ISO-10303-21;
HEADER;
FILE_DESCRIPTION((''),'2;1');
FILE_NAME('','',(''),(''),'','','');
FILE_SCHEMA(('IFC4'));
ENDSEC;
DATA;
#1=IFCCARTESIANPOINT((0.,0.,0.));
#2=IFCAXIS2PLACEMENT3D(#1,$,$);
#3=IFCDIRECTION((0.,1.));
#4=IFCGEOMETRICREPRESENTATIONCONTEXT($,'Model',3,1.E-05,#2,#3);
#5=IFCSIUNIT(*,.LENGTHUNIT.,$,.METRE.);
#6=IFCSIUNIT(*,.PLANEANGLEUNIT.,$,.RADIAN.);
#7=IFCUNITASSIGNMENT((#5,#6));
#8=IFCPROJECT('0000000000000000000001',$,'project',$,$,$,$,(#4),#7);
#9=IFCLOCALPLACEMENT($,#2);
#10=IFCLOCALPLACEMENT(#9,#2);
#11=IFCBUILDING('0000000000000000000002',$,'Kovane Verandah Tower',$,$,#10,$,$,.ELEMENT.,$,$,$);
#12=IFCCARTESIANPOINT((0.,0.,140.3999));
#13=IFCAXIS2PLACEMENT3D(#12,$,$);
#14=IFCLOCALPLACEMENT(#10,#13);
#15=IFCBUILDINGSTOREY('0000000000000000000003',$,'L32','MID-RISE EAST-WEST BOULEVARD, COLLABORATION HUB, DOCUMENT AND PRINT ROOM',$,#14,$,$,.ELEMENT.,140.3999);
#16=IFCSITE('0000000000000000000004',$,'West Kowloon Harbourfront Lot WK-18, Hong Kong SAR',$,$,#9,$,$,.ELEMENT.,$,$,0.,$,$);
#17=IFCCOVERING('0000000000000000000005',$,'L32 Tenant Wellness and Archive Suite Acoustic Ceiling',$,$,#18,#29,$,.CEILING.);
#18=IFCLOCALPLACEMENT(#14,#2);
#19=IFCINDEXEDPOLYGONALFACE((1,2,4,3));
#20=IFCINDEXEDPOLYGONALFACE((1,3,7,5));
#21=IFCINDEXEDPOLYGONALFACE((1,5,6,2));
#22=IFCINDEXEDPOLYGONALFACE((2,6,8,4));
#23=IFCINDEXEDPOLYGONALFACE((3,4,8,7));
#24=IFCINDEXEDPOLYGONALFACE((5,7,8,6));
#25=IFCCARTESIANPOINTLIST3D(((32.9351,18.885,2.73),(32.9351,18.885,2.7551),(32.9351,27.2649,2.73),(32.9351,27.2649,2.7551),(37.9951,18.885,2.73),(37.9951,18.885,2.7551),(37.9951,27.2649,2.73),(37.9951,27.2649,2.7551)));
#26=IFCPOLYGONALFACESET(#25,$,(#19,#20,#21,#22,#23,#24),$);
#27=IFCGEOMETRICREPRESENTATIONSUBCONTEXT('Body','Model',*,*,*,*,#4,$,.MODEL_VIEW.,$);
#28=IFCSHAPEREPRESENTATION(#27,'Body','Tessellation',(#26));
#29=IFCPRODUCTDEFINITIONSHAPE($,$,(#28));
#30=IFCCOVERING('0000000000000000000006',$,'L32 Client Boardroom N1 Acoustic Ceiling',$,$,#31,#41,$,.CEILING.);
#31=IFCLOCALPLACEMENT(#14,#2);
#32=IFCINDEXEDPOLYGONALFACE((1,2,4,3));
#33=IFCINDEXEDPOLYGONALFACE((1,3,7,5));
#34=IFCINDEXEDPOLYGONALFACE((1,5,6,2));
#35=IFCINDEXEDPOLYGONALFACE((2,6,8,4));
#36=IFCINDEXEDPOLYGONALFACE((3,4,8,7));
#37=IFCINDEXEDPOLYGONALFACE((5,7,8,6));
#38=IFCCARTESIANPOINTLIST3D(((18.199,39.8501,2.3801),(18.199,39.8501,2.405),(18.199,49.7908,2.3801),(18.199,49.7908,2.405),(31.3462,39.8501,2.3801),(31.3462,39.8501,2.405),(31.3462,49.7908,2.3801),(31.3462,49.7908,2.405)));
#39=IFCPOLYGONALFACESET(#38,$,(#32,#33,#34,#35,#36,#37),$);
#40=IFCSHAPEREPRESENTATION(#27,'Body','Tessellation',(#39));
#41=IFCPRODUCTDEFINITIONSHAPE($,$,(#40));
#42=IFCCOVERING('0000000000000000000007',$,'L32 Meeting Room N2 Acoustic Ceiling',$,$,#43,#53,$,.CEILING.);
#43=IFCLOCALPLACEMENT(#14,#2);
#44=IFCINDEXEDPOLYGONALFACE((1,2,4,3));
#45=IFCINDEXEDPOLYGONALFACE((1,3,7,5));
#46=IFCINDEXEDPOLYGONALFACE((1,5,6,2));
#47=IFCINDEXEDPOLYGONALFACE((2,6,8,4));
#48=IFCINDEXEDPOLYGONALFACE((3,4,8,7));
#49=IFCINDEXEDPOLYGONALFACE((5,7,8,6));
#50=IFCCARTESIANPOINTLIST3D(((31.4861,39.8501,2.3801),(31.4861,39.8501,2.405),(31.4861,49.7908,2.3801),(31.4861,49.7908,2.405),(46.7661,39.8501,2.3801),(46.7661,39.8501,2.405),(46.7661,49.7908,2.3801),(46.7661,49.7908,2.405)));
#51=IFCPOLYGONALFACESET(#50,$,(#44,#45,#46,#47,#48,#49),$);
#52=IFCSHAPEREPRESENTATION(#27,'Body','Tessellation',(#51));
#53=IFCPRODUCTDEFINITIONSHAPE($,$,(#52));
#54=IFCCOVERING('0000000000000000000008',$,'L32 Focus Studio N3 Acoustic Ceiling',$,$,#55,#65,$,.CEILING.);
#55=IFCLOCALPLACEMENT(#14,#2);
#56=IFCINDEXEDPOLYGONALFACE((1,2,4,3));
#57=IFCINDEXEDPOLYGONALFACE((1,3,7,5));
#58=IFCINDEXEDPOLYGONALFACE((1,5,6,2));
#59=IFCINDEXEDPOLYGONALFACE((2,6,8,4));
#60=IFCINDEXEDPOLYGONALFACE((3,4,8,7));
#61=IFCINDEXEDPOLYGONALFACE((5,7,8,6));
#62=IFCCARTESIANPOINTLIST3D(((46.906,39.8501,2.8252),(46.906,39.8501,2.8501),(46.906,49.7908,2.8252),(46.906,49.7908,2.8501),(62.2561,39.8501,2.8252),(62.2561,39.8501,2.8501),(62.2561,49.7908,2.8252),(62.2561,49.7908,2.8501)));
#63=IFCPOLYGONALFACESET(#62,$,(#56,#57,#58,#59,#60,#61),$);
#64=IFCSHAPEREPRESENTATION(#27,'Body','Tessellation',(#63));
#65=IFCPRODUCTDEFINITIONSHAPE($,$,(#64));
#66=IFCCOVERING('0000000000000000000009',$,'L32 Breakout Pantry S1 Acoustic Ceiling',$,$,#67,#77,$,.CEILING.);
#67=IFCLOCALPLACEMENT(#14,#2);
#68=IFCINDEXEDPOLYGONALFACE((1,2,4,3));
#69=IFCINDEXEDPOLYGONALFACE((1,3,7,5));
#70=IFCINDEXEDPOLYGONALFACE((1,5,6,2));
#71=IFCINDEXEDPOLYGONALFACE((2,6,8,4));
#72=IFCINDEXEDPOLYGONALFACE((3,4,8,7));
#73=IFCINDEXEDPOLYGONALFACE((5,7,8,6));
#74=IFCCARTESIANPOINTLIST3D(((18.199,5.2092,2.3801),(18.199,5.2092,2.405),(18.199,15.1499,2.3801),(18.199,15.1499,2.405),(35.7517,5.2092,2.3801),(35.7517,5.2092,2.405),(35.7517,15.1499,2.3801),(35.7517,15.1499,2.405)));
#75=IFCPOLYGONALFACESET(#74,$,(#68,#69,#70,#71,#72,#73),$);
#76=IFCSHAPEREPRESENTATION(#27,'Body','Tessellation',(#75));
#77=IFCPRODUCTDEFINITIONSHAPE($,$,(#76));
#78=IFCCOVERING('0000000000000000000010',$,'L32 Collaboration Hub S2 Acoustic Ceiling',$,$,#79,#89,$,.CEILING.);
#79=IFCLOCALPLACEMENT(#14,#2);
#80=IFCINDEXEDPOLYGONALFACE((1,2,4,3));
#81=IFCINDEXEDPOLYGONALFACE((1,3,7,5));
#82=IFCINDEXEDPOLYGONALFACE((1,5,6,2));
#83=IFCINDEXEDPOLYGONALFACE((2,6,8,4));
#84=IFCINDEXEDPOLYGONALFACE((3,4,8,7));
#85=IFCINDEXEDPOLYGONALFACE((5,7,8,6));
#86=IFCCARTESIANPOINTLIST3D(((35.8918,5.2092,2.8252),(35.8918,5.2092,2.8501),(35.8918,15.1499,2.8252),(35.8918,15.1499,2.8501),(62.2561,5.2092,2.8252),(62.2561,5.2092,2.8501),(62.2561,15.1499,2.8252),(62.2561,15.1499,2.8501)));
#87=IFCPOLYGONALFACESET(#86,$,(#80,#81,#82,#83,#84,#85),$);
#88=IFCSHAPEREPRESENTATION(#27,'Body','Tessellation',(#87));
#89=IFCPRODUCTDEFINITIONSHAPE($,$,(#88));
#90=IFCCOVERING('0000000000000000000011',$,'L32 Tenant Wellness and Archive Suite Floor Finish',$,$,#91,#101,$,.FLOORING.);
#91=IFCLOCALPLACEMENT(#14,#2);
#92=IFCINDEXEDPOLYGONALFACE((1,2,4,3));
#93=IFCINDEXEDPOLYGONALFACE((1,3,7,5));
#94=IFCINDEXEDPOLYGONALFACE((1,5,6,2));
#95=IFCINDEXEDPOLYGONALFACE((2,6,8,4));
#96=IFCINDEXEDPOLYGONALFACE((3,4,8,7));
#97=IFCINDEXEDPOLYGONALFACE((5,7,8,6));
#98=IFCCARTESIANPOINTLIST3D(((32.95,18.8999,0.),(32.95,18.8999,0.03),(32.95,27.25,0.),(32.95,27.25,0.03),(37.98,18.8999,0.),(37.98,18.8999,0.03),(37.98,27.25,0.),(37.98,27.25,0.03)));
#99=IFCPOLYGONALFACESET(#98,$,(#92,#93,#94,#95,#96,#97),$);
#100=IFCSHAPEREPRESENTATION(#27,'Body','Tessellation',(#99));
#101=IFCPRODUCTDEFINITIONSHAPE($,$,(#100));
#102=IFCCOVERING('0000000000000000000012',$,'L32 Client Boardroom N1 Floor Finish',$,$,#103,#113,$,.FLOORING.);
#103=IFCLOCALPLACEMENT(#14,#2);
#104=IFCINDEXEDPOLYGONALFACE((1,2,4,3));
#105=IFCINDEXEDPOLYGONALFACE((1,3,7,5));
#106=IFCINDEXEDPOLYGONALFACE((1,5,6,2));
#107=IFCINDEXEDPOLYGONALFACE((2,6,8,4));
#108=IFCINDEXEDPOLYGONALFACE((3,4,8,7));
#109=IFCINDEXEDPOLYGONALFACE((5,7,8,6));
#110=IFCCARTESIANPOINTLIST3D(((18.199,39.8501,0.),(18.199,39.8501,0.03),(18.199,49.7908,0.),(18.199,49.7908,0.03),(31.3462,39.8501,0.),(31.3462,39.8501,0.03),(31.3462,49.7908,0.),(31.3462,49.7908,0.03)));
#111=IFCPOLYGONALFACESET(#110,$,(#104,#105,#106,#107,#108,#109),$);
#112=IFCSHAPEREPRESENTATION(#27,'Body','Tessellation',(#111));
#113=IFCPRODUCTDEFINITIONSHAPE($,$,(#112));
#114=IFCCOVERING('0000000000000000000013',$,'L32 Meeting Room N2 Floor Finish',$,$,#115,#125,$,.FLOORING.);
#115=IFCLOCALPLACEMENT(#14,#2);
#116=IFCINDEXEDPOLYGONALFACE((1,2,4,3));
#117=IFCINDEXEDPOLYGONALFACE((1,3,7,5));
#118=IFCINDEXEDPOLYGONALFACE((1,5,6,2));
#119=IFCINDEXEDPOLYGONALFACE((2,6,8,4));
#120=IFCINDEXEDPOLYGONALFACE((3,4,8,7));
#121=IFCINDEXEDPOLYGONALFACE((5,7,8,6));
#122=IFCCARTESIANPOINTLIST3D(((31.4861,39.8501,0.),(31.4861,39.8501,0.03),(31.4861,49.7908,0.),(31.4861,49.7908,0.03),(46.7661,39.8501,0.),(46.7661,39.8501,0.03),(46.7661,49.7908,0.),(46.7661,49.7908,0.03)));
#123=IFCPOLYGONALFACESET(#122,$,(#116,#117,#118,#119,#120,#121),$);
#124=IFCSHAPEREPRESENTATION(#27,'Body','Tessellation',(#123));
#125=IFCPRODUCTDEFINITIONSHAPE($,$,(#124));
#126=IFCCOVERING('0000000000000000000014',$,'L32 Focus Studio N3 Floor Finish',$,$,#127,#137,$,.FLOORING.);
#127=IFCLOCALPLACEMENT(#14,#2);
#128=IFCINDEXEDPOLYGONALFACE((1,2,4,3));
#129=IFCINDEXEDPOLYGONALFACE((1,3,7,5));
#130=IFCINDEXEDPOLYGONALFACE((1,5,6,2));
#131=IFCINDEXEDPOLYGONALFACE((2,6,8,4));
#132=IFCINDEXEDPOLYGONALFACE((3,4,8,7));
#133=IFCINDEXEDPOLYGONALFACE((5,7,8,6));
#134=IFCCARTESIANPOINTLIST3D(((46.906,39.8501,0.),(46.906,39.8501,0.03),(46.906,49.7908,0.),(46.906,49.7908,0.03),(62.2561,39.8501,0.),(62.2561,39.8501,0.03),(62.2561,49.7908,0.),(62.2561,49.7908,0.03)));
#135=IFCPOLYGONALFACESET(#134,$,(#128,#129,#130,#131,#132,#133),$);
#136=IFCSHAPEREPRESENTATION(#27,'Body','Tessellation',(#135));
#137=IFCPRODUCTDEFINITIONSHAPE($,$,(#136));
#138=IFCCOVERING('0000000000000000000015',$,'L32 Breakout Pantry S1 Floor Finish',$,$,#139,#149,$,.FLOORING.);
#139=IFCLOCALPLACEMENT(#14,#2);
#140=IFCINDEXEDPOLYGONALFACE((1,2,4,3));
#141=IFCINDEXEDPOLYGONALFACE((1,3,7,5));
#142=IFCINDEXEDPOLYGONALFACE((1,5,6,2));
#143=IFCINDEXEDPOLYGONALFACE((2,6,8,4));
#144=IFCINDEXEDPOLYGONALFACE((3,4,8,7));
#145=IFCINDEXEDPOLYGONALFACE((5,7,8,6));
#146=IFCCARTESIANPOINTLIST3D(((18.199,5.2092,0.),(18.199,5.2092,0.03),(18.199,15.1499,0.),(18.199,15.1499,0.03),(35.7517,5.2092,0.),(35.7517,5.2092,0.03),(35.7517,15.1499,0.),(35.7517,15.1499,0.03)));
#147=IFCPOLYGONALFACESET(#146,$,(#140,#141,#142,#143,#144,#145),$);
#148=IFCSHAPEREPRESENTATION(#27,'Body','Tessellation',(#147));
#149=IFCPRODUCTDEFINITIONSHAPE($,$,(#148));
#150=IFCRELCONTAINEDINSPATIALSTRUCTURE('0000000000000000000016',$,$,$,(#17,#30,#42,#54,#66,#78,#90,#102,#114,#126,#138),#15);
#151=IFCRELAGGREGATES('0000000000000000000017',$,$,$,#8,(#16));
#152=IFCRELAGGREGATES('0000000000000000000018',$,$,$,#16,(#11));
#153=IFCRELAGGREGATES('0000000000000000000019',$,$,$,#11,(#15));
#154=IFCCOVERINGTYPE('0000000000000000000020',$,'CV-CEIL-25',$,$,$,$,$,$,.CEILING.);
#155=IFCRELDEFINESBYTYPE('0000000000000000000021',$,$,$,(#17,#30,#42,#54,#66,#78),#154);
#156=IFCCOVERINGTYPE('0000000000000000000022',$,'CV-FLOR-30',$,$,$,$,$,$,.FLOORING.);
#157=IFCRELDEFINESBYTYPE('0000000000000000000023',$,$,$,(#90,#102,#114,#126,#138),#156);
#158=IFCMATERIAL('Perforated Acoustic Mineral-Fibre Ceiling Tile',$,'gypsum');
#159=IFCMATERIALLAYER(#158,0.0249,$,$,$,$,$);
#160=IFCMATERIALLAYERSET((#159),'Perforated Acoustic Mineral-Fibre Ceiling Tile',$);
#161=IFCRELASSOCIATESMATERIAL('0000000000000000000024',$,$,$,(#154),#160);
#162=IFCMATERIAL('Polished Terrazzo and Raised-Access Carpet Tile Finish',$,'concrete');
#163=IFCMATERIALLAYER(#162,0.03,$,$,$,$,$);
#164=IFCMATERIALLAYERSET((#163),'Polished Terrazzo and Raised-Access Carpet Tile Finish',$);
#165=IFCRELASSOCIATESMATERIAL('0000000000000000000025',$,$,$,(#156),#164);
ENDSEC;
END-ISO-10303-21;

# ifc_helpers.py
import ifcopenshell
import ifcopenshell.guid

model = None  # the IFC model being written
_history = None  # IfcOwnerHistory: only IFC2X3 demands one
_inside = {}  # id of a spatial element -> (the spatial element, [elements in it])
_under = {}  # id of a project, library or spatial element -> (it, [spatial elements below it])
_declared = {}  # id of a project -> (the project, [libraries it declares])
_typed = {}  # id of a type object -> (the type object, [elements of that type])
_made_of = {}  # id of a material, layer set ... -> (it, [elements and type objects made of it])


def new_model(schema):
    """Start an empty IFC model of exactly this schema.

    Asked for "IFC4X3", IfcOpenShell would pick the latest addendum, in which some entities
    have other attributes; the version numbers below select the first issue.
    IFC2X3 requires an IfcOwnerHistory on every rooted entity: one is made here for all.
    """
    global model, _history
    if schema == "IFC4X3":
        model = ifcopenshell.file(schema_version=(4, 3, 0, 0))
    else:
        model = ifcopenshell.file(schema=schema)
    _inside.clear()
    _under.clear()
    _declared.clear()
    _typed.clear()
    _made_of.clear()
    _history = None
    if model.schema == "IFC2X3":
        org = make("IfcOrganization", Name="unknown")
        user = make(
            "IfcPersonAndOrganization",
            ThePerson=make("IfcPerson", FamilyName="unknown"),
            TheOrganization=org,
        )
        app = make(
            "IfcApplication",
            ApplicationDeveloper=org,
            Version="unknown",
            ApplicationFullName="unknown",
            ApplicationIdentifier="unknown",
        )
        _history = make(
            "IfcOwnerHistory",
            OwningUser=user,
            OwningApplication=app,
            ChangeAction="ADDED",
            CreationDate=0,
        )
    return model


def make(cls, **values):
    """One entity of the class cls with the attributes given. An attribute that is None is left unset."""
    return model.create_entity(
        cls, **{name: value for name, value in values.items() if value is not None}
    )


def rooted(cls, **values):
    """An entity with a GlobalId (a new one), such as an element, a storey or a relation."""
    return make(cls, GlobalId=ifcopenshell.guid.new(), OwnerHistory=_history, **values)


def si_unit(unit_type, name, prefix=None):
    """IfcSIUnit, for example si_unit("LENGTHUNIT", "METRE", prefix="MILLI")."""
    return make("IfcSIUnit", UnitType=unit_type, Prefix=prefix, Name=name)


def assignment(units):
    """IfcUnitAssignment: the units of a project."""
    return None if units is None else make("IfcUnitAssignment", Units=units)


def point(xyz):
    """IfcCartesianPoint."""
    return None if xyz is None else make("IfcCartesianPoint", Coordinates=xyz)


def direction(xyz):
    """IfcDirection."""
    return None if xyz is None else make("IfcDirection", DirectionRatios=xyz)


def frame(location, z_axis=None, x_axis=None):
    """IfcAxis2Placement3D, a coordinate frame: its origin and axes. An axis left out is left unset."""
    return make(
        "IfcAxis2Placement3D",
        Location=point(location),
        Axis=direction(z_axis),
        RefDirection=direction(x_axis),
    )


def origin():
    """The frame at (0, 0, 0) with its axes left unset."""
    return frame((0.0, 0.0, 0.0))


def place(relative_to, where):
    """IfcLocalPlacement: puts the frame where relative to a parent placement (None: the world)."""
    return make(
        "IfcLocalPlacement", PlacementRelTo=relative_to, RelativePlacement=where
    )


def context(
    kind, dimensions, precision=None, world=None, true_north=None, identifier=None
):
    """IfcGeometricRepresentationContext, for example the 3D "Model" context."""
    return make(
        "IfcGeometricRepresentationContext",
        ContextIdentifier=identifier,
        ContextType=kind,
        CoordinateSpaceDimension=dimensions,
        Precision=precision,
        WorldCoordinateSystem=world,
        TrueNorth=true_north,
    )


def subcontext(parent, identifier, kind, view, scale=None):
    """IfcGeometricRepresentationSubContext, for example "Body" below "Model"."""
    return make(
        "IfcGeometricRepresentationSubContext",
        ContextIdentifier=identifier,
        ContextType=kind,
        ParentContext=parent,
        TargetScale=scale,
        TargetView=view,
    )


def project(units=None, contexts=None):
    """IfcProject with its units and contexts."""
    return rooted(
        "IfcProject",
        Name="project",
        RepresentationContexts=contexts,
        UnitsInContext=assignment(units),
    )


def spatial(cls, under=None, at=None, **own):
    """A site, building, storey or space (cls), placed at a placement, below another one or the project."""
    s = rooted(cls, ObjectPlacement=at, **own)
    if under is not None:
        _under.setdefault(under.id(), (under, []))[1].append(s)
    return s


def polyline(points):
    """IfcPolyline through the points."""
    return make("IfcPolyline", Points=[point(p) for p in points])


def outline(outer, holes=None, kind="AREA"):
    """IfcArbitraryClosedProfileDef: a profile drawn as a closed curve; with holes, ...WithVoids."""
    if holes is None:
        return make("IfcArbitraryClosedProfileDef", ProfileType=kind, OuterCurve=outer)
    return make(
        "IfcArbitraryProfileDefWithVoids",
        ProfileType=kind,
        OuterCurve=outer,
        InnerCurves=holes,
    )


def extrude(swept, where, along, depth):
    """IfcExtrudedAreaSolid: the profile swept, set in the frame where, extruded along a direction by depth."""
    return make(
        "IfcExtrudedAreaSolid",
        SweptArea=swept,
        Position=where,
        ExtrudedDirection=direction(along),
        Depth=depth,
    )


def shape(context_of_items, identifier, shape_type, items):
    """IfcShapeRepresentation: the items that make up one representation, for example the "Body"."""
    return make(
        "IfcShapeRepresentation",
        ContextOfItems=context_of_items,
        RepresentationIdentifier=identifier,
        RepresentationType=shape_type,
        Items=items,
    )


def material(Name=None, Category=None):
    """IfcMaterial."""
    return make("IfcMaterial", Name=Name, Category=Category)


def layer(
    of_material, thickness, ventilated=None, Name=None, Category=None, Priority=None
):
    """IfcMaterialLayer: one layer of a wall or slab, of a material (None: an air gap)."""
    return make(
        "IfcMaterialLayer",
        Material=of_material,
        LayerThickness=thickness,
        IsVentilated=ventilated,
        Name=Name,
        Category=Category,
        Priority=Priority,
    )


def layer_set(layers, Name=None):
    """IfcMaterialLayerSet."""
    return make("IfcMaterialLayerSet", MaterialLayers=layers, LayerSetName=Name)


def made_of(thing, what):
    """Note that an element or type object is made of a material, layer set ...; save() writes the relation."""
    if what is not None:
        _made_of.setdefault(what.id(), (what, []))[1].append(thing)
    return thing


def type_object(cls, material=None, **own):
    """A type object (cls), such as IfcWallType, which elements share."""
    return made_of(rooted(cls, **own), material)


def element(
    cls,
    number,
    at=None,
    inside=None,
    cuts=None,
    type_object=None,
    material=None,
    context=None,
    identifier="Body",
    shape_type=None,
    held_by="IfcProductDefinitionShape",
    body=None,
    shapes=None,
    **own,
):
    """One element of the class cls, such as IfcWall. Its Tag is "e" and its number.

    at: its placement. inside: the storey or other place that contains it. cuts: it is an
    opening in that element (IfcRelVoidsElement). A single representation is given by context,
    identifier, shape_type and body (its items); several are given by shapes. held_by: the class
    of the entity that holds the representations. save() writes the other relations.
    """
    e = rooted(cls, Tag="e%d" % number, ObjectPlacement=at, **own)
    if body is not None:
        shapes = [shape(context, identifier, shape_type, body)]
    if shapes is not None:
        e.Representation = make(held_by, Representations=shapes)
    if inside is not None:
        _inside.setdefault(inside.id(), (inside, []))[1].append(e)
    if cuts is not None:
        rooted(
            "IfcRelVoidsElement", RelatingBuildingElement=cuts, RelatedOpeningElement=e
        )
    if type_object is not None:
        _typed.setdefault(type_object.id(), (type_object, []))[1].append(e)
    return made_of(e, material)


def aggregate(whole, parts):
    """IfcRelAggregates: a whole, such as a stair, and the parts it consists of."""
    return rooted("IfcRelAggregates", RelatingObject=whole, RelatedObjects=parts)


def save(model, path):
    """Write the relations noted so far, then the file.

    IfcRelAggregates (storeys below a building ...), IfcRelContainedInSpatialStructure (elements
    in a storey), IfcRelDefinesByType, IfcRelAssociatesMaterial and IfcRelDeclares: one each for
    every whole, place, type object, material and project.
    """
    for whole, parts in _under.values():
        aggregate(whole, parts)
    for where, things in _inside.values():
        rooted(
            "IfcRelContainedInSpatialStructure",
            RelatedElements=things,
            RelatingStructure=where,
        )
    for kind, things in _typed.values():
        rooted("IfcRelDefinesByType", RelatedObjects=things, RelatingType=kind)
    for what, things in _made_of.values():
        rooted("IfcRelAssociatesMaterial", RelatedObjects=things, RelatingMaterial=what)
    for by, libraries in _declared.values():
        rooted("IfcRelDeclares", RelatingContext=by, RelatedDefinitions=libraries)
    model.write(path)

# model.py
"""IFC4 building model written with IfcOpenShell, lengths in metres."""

from ifc_helpers import new_model, si_unit, direction, frame, origin, place, context, subcontext, project, spatial, polyline, outline, extrude, material, layer, layer_set, type_object, element, save


model = new_model("IFC4")

# Units and contexts
model_context = context("Model", 3, precision=1e-05, world=origin(), true_north=direction((0.0, 1.0)))
body_context = subcontext(model_context, "Body", "Model", "MODEL_VIEW")
ifc_project = project(units=[si_unit("LENGTHUNIT", "METRE"), si_unit("PLANEANGLEUNIT", "RADIAN")], contexts=[model_context])

# Site, building, storey
site_placement = place(None, origin())
site = spatial("IfcSite", under=ifc_project, at=site_placement, Name="West Kowloon Harbourfront Lot WK-18, Hong Kong SAR", CompositionType="ELEMENT", RefElevation=0.0)
building_placement = place(site_placement, origin())
building = spatial("IfcBuilding", under=site, at=building_placement, Name="Kovane Verandah Tower", CompositionType="ELEMENT")
storey_placement = place(building_placement, frame((0.0, 0.0, 140.3999)))
storey = spatial("IfcBuildingStorey", under=building, at=storey_placement, Name="L32", Description="MID-RISE EAST-WEST BOULEVARD, COLLABORATION HUB, DOCUMENT AND PRINT ROOM", CompositionType="ELEMENT", Elevation=140.3999)

# Coverings
ifc_material_1 = material(Name="Perforated Acoustic Mineral-Fibre Ceiling Tile", Category="gypsum")
ifc_layer_1 = layer(ifc_material_1, 0.0249)
ifc_layer_set_1 = layer_set([ifc_layer_1], Name="Perforated Acoustic Mineral-Fibre Ceiling Tile")
covering_type_1 = type_object("IfcCoveringType", Name="CV-CEIL-25", PredefinedType="CEILING", material=ifc_layer_set_1)
covering_1_placement = place(storey_placement, frame((0.0, 0.0, 2.73)))
element("IfcCovering", 1, at=covering_1_placement, inside=storey, type_object=covering_type_1, Name="L32 Tenant Wellness and Archive Suite Acoustic Ceiling", PredefinedType="CEILING", context=body_context, shape_type="SweptSolid", body=[
    extrude(outline(polyline([(32.9351, 18.885), (37.9951, 18.885), (37.9951, 27.2649), (32.9351, 27.2649), (32.9351, 18.885)])), origin(), (0.0, 0.0, 1.0), 0.0251),
])
covering_2_placement = place(storey_placement, frame((0.0, 0.0, 2.3801)))
element("IfcCovering", 2, at=covering_2_placement, inside=storey, type_object=covering_type_1, Name="L32 Client Boardroom N1 Acoustic Ceiling", PredefinedType="CEILING", context=body_context, shape_type="SweptSolid", body=[
    extrude(outline(polyline([(18.199, 39.8501), (31.3462, 39.8501), (31.3462, 49.7908), (18.199, 49.7908), (18.199, 39.8501)])), origin(), (0.0, 0.0, 1.0), 0.0249),
])
covering_3_placement = place(storey_placement, frame((0.0, 0.0, 2.3801)))
element("IfcCovering", 3, at=covering_3_placement, inside=storey, type_object=covering_type_1, Name="L32 Meeting Room N2 Acoustic Ceiling", PredefinedType="CEILING", context=body_context, shape_type="SweptSolid", body=[
    extrude(outline(polyline([(31.4861, 39.8501), (46.7661, 39.8501), (46.7661, 49.7908), (31.4861, 49.7908), (31.4861, 39.8501)])), origin(), (0.0, 0.0, 1.0), 0.0249),
])
covering_4_placement = place(storey_placement, frame((0.0, 0.0, 2.8252)))
element("IfcCovering", 4, at=covering_4_placement, inside=storey, type_object=covering_type_1, Name="L32 Focus Studio N3 Acoustic Ceiling", PredefinedType="CEILING", context=body_context, shape_type="SweptSolid", body=[
    extrude(outline(polyline([(46.906, 39.8501), (62.2561, 39.8501), (62.2561, 49.7908), (46.906, 49.7908), (46.906, 39.8501)])), origin(), (0.0, 0.0, 1.0), 0.0249),
])
covering_5_placement = place(storey_placement, frame((0.0, 0.0, 2.3801)))
element("IfcCovering", 5, at=covering_5_placement, inside=storey, type_object=covering_type_1, Name="L32 Breakout Pantry S1 Acoustic Ceiling", PredefinedType="CEILING", context=body_context, shape_type="SweptSolid", body=[
    extrude(outline(polyline([(18.199, 5.2092), (35.7517, 5.2092), (35.7517, 15.1499), (18.199, 15.1499), (18.199, 5.2092)])), origin(), (0.0, 0.0, 1.0), 0.0249),
])
covering_6_placement = place(storey_placement, frame((0.0, 0.0, 2.8252)))
element("IfcCovering", 6, at=covering_6_placement, inside=storey, type_object=covering_type_1, Name="L32 Collaboration Hub S2 Acoustic Ceiling", PredefinedType="CEILING", context=body_context, shape_type="SweptSolid", body=[
    extrude(outline(polyline([(35.8918, 5.2092), (62.2561, 5.2092), (62.2561, 15.1499), (35.8918, 15.1499), (35.8918, 5.2092)])), origin(), (0.0, 0.0, 1.0), 0.0249),
])
ifc_material_2 = material(Name="Polished Terrazzo and Raised-Access Carpet Tile Finish", Category="concrete")
ifc_layer_2 = layer(ifc_material_2, 0.03)
ifc_layer_set_2 = layer_set([ifc_layer_2], Name="Polished Terrazzo and Raised-Access Carpet Tile Finish")
covering_type_2 = type_object("IfcCoveringType", Name="CV-FLOR-30", PredefinedType="FLOORING", material=ifc_layer_set_2)
covering_7_placement = place(storey_placement, origin())
element("IfcCovering", 7, at=covering_7_placement, inside=storey, type_object=covering_type_2, Name="L32 Tenant Wellness and Archive Suite Floor Finish", PredefinedType="FLOORING", context=body_context, shape_type="SweptSolid", body=[
    extrude(outline(polyline([(32.95, 18.8999), (37.98, 18.8999), (37.98, 27.25), (32.95, 27.25), (32.95, 18.8999)])), origin(), (0.0, 0.0, 1.0), 0.03),
])
covering_8_placement = place(storey_placement, origin())
element("IfcCovering", 8, at=covering_8_placement, inside=storey, type_object=covering_type_2, Name="L32 Client Boardroom N1 Floor Finish", PredefinedType="FLOORING", context=body_context, shape_type="SweptSolid", body=[
    extrude(outline(polyline([(18.199, 39.8501), (31.3462, 39.8501), (31.3462, 49.7908), (18.199, 49.7908), (18.199, 39.8501)])), origin(), (0.0, 0.0, 1.0), 0.03),
])
covering_9_placement = place(storey_placement, origin())
element("IfcCovering", 9, at=covering_9_placement, inside=storey, type_object=covering_type_2, Name="L32 Meeting Room N2 Floor Finish", PredefinedType="FLOORING", context=body_context, shape_type="SweptSolid", body=[
    extrude(outline(polyline([(31.4861, 39.8501), (46.7661, 39.8501), (46.7661, 49.7908), (31.4861, 49.7908), (31.4861, 39.8501)])), origin(), (0.0, 0.0, 1.0), 0.03),
])
covering_10_placement = place(storey_placement, origin())
element("IfcCovering", 10, at=covering_10_placement, inside=storey, type_object=covering_type_2, Name="L32 Focus Studio N3 Floor Finish", PredefinedType="FLOORING", context=body_context, shape_type="SweptSolid", body=[
    extrude(outline(polyline([(46.906, 39.8501), (62.2561, 39.8501), (62.2561, 49.7908), (46.906, 49.7908), (46.906, 39.8501)])), origin(), (0.0, 0.0, 1.0), 0.03),
])
covering_11_placement = place(storey_placement, origin())
element("IfcCovering", 11, at=covering_11_placement, inside=storey, type_object=covering_type_2, Name="L32 Breakout Pantry S1 Floor Finish", PredefinedType="FLOORING", context=body_context, shape_type="SweptSolid", body=[
    extrude(outline(polyline([(18.199, 5.2092), (35.7517, 5.2092), (35.7517, 15.1499), (18.199, 15.1499), (18.199, 5.2092)])), origin(), (0.0, 0.0, 1.0), 0.03),
])

save(model, "model.ifc")
